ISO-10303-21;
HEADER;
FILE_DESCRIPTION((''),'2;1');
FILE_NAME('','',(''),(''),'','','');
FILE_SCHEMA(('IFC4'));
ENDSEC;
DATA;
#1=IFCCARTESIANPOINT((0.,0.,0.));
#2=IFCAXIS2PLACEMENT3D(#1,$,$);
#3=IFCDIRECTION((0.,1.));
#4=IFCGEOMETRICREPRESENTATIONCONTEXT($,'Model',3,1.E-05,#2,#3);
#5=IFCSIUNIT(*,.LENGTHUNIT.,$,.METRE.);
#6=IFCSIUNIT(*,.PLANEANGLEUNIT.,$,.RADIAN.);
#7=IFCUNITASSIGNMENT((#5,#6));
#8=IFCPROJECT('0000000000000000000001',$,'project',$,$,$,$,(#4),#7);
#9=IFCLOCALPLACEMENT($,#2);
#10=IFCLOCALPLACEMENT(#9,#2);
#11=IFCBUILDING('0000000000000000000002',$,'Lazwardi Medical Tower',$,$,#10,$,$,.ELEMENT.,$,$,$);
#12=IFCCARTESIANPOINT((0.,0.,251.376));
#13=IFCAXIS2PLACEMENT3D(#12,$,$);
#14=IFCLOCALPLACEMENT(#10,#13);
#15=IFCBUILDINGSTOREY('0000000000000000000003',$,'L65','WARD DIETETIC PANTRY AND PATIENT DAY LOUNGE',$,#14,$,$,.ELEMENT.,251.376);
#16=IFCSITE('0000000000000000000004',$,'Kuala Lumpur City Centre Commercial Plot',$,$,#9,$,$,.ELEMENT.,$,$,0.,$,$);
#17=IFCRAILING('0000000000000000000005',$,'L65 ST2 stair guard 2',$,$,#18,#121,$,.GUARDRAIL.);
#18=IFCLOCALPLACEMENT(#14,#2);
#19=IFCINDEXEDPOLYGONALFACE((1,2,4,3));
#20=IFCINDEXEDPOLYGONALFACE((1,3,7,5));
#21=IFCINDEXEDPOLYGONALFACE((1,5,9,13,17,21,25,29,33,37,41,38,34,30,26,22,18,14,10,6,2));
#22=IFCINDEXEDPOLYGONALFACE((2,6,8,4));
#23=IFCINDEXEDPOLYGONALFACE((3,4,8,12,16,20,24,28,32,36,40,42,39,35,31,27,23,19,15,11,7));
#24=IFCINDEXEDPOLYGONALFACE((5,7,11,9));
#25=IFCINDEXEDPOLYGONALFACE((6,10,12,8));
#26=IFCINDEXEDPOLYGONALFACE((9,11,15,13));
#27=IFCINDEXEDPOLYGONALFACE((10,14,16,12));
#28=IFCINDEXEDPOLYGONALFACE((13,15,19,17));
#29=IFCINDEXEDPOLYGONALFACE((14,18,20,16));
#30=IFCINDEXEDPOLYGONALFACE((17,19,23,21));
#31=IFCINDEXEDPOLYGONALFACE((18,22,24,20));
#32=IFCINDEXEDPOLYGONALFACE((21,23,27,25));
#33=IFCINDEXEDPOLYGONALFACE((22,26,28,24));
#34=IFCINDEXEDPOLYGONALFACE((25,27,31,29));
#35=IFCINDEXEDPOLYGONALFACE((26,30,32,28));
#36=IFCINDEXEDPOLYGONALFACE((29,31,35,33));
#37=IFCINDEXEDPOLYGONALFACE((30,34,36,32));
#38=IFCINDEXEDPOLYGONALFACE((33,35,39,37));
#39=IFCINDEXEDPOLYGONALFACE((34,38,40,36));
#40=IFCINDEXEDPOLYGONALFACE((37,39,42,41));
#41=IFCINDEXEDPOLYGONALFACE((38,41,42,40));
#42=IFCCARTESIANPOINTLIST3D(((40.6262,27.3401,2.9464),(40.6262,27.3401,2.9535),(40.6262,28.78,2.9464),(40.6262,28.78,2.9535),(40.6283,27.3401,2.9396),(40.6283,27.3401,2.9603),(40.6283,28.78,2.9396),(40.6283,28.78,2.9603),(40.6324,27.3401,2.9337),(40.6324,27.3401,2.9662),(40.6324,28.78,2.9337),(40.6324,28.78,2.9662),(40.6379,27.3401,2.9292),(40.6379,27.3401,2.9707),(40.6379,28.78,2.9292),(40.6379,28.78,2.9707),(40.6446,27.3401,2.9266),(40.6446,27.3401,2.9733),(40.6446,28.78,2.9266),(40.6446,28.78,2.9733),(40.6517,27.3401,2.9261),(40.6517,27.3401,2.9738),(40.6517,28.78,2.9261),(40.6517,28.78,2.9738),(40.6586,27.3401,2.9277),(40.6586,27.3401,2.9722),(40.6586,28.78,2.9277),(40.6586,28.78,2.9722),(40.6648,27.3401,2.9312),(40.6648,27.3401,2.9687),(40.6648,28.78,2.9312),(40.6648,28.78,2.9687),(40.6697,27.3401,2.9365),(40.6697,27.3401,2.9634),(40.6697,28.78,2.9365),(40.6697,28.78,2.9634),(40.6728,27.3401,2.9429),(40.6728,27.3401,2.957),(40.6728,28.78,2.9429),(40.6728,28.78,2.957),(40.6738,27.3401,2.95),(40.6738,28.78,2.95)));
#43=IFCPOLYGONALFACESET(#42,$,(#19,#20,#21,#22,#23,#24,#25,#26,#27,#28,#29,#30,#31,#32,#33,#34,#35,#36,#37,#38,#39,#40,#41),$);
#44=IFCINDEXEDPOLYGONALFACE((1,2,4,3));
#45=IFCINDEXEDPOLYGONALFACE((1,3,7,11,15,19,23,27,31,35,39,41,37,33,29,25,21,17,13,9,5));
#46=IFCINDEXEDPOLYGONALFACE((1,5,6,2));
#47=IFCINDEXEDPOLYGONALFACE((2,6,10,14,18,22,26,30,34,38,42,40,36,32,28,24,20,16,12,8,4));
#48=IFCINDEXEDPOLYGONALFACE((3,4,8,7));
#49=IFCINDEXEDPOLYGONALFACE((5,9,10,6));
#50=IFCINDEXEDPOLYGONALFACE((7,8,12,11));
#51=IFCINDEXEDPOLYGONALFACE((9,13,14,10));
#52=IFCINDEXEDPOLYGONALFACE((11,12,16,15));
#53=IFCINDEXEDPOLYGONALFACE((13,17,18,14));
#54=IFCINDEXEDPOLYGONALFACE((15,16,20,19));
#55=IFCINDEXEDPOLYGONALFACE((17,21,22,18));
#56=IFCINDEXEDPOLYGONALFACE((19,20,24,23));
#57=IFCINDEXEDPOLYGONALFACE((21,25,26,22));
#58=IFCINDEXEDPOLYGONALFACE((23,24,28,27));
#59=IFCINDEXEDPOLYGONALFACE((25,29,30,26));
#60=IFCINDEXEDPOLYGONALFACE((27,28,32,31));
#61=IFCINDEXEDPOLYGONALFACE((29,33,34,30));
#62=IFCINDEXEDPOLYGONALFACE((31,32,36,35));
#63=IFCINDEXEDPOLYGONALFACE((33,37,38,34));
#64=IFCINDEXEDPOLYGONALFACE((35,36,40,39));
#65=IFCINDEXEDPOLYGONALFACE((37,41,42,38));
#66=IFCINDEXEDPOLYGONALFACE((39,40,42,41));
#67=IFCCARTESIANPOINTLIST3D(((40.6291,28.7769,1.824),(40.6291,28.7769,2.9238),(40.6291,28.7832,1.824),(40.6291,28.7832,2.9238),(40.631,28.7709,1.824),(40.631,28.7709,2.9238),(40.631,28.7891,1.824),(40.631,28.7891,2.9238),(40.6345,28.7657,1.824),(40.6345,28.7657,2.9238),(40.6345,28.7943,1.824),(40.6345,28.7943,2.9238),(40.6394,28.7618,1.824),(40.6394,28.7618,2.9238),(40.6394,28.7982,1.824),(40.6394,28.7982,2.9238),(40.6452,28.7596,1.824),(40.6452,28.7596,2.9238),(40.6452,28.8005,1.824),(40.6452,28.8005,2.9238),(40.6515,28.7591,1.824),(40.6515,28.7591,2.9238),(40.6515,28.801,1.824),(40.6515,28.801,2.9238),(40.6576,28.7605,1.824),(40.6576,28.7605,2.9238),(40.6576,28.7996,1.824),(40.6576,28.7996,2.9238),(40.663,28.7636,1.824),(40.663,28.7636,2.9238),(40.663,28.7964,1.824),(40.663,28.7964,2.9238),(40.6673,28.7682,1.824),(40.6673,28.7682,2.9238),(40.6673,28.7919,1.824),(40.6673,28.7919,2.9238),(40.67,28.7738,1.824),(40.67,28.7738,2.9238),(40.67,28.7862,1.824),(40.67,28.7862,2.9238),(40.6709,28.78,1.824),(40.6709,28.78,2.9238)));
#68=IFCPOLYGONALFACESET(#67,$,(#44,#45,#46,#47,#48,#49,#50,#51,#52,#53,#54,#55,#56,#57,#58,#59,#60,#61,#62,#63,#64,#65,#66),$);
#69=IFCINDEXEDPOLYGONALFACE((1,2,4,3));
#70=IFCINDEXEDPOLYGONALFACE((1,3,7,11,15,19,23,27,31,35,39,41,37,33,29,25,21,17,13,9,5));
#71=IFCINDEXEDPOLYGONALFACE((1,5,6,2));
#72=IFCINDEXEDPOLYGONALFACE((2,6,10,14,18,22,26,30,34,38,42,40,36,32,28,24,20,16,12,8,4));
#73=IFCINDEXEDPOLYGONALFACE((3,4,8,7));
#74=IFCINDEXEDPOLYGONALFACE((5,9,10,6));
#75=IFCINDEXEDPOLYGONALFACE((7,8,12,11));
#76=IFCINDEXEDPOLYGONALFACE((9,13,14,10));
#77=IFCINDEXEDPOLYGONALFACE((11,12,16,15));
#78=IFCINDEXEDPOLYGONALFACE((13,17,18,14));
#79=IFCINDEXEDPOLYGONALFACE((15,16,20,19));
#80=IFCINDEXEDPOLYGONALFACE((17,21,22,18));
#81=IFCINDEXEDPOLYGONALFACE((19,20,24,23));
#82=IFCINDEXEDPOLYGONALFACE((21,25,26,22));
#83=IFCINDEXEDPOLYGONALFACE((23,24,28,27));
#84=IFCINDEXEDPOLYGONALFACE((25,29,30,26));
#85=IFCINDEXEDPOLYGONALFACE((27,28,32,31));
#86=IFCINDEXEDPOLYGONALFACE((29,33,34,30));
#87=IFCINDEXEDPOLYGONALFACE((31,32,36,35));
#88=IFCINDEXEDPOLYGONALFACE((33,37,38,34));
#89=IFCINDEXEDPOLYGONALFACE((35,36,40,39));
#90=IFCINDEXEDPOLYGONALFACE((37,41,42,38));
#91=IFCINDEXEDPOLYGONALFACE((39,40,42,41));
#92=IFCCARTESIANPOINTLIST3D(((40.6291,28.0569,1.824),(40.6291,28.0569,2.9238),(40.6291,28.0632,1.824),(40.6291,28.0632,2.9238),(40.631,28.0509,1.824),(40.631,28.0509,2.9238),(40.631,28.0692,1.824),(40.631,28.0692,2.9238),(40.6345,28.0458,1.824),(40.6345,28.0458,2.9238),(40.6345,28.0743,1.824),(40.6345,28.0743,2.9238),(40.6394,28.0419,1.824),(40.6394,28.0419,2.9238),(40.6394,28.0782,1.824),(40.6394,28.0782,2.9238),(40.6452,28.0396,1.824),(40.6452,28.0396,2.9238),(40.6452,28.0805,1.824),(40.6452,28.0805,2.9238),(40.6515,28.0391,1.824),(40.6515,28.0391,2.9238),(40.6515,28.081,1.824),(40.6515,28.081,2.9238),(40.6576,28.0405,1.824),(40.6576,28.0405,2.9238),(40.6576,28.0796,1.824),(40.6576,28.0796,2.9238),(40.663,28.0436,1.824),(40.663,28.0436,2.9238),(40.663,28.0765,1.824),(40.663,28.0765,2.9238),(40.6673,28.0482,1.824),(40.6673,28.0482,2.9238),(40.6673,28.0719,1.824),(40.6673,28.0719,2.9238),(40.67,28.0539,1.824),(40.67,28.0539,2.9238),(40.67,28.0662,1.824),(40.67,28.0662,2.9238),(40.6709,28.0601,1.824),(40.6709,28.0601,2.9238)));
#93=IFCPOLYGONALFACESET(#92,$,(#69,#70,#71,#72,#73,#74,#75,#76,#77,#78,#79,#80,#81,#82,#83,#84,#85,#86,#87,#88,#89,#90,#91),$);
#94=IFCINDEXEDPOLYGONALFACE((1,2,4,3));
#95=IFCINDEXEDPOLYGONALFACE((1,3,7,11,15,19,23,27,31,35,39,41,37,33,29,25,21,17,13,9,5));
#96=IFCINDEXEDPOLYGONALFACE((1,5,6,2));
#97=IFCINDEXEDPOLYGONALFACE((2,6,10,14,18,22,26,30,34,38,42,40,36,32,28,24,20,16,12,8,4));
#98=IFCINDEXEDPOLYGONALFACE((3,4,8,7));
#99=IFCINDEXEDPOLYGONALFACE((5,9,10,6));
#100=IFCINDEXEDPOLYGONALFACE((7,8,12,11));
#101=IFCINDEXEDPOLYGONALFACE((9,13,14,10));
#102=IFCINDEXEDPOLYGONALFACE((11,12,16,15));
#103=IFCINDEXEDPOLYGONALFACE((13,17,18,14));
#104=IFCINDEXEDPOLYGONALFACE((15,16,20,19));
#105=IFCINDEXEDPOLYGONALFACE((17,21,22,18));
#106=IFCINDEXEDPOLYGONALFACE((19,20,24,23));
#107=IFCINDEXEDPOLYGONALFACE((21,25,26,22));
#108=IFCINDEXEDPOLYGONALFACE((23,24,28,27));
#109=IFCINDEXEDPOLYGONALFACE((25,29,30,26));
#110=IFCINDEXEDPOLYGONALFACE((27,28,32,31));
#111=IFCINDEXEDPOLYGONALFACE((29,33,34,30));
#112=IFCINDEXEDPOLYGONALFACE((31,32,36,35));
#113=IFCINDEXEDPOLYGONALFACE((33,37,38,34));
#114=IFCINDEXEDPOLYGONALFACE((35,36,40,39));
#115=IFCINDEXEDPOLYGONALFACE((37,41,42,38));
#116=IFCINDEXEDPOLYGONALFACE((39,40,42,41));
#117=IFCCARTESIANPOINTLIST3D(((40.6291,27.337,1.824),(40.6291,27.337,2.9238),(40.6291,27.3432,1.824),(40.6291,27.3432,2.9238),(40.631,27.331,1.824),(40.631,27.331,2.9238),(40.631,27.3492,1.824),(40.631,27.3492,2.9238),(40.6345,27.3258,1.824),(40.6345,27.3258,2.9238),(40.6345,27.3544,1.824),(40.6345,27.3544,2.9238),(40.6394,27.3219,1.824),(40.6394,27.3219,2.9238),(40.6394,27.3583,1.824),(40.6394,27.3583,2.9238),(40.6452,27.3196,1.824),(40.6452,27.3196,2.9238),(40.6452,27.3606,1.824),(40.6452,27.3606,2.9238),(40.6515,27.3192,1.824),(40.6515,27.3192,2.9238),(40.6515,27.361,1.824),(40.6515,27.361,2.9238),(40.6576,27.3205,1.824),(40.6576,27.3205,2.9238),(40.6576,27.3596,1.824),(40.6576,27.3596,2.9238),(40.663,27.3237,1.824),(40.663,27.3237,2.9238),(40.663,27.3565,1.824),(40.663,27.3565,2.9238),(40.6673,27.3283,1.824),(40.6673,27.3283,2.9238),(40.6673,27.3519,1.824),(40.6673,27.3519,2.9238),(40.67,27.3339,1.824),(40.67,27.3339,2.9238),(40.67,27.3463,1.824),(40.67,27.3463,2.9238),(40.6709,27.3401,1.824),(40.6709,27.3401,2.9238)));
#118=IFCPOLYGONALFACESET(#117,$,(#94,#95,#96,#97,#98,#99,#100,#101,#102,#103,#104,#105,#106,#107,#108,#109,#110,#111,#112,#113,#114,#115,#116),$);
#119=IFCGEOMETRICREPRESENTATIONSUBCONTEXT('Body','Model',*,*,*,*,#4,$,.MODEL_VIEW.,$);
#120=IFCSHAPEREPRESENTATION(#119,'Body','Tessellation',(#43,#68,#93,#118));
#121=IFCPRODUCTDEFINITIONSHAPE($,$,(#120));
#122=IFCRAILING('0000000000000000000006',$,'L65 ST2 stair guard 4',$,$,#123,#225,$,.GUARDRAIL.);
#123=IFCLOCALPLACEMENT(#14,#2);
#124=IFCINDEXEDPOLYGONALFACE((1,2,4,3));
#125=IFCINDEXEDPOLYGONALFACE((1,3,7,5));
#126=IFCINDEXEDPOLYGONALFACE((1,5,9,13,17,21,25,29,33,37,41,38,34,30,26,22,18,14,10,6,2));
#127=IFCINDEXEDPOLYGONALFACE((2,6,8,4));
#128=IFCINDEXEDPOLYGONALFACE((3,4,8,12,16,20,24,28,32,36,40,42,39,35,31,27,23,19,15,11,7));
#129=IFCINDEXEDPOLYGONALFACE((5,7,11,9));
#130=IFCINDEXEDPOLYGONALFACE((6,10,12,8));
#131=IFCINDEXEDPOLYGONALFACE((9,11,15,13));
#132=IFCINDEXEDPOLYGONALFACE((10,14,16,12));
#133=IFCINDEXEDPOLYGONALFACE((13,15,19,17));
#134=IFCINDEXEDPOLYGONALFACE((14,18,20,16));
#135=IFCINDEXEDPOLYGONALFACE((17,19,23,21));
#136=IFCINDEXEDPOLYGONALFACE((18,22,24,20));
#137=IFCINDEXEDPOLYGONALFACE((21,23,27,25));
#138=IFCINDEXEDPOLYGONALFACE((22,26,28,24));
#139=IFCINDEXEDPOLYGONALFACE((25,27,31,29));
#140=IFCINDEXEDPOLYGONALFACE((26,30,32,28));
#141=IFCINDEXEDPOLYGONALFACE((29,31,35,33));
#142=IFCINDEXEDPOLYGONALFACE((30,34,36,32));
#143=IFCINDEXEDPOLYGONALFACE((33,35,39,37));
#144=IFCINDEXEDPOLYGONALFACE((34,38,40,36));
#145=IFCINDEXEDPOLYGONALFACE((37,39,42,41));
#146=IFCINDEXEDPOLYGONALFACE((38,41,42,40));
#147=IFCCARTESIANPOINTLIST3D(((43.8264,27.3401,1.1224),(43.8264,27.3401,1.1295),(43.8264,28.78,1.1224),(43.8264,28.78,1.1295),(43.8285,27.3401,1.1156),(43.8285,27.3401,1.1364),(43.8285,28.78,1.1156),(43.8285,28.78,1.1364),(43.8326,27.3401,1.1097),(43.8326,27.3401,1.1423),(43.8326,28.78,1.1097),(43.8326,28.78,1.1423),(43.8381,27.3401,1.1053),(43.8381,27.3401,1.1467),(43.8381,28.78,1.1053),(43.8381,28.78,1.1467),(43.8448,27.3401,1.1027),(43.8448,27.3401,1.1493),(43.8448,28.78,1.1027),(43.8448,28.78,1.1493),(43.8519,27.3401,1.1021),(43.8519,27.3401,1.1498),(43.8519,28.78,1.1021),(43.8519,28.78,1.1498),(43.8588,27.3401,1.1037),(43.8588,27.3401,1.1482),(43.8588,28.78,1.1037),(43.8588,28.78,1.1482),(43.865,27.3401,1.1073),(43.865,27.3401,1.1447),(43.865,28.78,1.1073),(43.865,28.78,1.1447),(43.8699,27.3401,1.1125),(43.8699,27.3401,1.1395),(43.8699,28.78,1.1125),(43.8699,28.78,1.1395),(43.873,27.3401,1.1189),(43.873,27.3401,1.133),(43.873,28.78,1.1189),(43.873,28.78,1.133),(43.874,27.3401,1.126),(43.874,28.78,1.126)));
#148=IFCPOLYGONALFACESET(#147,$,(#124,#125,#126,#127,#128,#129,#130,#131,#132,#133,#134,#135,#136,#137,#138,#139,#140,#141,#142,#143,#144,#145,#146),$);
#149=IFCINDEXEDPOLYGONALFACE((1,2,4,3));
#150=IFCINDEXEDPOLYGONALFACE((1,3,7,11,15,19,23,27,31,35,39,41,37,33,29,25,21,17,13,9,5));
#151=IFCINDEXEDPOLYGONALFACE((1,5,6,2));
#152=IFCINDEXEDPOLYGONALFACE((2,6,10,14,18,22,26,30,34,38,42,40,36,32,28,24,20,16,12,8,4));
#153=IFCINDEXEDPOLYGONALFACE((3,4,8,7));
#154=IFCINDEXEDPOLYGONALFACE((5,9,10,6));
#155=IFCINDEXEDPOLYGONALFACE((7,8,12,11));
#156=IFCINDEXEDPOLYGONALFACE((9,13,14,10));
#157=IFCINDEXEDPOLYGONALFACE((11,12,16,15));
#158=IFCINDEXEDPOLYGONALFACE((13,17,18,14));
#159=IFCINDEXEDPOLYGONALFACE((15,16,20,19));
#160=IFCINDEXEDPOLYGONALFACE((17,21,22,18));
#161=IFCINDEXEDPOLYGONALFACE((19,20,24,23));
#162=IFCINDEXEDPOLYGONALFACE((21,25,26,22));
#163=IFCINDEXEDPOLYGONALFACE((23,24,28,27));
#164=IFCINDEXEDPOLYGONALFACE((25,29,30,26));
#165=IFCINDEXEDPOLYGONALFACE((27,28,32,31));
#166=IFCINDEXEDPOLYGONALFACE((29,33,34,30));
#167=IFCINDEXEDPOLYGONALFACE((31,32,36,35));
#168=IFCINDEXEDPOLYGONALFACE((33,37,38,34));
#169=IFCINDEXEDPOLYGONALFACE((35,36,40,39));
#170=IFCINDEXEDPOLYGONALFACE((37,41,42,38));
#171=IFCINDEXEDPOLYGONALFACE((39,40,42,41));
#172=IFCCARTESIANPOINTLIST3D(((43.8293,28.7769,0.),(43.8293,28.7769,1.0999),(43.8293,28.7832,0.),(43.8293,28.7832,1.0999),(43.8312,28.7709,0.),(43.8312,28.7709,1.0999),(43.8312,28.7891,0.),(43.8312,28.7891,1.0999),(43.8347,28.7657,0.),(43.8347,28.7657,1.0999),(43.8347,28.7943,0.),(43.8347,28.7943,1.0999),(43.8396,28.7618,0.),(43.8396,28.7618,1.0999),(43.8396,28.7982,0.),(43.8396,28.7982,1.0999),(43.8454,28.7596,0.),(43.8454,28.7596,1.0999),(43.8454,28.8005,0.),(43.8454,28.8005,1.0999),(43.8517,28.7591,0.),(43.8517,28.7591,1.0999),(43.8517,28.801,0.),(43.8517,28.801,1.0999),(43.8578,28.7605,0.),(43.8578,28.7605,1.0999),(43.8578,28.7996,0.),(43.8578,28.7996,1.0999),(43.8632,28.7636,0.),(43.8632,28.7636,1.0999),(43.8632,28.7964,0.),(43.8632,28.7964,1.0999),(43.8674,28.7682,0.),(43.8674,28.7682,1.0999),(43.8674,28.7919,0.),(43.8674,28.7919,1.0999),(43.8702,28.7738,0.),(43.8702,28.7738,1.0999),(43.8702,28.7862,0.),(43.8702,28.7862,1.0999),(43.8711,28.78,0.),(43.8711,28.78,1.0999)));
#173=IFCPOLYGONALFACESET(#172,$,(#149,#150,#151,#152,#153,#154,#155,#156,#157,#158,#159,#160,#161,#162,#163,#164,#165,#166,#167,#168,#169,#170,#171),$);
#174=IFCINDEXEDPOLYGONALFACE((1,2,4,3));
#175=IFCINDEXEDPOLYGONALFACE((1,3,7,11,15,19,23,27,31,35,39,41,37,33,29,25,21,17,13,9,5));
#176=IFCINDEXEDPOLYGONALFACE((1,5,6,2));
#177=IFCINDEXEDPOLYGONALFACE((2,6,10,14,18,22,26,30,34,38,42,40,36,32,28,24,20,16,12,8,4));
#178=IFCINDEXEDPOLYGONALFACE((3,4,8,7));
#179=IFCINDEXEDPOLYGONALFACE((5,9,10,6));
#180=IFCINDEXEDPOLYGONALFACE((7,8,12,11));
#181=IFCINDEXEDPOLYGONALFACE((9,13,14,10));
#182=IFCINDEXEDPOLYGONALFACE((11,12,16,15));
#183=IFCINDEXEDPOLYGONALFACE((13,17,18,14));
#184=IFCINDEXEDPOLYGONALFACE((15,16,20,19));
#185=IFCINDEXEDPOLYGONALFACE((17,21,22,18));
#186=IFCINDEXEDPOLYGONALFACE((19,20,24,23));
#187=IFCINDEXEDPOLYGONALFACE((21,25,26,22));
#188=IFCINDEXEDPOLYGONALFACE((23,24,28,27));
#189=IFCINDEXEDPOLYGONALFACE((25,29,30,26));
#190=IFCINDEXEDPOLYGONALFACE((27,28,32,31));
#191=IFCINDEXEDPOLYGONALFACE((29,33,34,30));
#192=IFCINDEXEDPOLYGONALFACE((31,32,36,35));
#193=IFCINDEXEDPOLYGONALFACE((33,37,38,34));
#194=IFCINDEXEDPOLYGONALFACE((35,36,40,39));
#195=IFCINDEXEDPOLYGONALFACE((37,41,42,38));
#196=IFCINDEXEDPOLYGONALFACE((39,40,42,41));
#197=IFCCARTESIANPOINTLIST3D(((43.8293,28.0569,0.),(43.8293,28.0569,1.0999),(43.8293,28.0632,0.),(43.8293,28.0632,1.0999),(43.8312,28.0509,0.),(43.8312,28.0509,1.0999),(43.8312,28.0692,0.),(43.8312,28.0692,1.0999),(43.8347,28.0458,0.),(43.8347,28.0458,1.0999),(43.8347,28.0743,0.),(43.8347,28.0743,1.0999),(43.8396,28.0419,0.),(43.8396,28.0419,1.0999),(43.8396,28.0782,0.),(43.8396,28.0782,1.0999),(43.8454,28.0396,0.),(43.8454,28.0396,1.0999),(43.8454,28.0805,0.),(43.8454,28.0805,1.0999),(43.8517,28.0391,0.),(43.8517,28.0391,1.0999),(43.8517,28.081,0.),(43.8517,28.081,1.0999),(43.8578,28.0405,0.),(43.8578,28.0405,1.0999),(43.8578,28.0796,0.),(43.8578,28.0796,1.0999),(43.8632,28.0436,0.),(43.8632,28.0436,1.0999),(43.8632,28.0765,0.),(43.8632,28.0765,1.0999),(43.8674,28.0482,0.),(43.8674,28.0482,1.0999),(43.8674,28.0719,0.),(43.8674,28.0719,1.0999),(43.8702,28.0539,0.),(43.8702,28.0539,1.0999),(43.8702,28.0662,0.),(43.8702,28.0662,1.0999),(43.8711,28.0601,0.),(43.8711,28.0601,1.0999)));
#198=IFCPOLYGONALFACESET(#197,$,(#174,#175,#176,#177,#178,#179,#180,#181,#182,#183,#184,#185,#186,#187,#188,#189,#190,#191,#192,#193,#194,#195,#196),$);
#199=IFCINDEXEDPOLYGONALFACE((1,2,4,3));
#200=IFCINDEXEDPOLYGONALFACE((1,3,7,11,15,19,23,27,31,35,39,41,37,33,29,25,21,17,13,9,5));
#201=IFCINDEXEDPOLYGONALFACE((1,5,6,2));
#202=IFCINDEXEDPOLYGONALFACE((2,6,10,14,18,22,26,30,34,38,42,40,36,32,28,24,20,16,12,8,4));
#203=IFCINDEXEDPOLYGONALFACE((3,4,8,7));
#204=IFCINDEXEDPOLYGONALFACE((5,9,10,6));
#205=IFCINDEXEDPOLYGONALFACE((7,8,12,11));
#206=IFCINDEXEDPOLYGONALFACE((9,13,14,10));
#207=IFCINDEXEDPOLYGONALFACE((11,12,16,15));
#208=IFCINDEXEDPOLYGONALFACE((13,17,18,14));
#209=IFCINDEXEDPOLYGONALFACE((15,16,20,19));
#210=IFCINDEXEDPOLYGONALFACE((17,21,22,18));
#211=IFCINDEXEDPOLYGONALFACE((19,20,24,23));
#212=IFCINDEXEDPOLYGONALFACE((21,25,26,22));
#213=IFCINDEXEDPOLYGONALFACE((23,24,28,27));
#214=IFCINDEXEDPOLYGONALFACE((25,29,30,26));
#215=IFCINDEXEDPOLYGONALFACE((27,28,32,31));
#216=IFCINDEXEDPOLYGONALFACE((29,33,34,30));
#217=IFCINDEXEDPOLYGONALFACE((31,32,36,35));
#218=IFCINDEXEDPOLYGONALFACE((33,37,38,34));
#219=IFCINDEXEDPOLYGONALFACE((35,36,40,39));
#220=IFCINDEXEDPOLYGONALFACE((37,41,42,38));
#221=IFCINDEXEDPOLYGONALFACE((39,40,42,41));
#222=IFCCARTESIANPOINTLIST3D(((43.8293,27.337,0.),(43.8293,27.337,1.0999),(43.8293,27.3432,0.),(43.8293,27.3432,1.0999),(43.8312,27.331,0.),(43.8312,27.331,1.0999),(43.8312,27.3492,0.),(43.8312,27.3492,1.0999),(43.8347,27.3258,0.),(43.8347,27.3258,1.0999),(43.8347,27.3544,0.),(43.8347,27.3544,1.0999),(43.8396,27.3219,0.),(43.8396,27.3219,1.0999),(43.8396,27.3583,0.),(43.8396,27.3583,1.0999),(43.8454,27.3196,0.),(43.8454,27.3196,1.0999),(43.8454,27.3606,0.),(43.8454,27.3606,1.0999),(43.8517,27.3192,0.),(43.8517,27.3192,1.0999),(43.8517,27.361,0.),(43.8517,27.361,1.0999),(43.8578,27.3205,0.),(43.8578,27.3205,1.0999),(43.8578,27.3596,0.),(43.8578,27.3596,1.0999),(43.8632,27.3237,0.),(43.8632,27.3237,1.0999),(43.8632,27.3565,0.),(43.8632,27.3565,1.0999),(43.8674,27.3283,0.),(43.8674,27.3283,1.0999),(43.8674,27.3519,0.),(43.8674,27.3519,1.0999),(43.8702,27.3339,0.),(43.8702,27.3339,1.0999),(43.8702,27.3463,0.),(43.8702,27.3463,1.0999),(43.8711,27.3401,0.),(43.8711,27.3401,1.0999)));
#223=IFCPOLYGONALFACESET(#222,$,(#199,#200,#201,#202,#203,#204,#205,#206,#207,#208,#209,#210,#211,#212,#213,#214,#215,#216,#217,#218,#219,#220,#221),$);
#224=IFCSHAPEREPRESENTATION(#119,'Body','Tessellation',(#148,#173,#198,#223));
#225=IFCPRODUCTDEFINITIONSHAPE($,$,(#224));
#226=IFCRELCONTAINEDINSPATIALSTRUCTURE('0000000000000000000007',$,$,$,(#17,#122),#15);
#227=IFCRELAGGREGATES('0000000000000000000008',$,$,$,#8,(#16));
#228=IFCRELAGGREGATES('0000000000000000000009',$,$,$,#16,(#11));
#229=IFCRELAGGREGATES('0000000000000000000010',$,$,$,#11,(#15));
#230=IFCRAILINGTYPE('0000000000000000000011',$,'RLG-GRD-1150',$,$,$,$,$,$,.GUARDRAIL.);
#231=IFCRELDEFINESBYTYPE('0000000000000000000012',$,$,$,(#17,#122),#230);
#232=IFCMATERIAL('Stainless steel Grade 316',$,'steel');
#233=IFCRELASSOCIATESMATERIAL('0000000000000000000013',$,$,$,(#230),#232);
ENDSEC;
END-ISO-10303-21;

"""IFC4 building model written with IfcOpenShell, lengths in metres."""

from ifc_helpers import new_model, si_unit, direction, frame, origin, origin_2d, place, context, subcontext, project, spatial, circle, extrude, material, type_object, element, save


model = new_model("IFC4")

# Units and contexts
model_context = context("Model", 3, precision=1e-05, world=origin(), true_north=direction((0.0, 1.0)))
body_context = subcontext(model_context, "Body", "Model", "MODEL_VIEW")
ifc_project = project(units=[si_unit("LENGTHUNIT", "METRE"), si_unit("PLANEANGLEUNIT", "RADIAN")], contexts=[model_context])

# Site, building, storey
site_placement = place(None, origin())
site = spatial("IfcSite", under=ifc_project, at=site_placement, Name="Kuala Lumpur City Centre Commercial Plot", CompositionType="ELEMENT", RefElevation=0.0)
building_placement = place(site_placement, origin())
building = spatial("IfcBuilding", under=site, at=building_placement, Name="Lazwardi Medical Tower", CompositionType="ELEMENT")
storey_placement = place(building_placement, frame((0.0, 0.0, 251.376)))
storey = spatial("IfcBuildingStorey", under=building, at=storey_placement, Name="L65", Description="WARD DIETETIC PANTRY AND PATIENT DAY LOUNGE", CompositionType="ELEMENT", Elevation=251.376)

# Railings
ifc_material_1 = material(Name="Stainless steel Grade 316", Category="steel")
railing_type_1 = type_object("IfcRailingType", Name="RLG-GRD-1150", PredefinedType="GUARDRAIL", material=ifc_material_1)
for number, where, name in (
    (1, (40.6499, 28.78, 1.824), "L65 ST2 stair guard 2"),
    (2, (43.8501, 28.78, 0.0), "L65 ST2 stair guard 4"),
):
    element("IfcRailing", number, at=place(storey_placement, frame(where)), inside=storey, type_object=railing_type_1, Name=name, PredefinedType="GUARDRAIL", context=body_context, shape_type="SweptSolid", body=[
        extrude(circle(Radius=0.0239, at=origin_2d()), frame((0.0, 0.0, 1.126), z_axis=(0.0, -1.0, 0.0), x_axis=(1.0, 0.0, 0.0)), (0.0, 0.0, 1.0), 1.4399),
        extrude(circle(Radius=0.021, at=origin_2d()), origin(), (0.0, 0.0, 1.0), 1.0999),
        extrude(circle(Radius=0.021, at=origin_2d()), frame((0.0, -0.72, 0.0)), (0.0, 0.0, 1.0), 1.0999),
        extrude(circle(Radius=0.021, at=origin_2d()), frame((0.0, -1.4399, 0.0)), (0.0, 0.0, 1.0), 1.0999),
    ])

save(model, "model.ifc")
